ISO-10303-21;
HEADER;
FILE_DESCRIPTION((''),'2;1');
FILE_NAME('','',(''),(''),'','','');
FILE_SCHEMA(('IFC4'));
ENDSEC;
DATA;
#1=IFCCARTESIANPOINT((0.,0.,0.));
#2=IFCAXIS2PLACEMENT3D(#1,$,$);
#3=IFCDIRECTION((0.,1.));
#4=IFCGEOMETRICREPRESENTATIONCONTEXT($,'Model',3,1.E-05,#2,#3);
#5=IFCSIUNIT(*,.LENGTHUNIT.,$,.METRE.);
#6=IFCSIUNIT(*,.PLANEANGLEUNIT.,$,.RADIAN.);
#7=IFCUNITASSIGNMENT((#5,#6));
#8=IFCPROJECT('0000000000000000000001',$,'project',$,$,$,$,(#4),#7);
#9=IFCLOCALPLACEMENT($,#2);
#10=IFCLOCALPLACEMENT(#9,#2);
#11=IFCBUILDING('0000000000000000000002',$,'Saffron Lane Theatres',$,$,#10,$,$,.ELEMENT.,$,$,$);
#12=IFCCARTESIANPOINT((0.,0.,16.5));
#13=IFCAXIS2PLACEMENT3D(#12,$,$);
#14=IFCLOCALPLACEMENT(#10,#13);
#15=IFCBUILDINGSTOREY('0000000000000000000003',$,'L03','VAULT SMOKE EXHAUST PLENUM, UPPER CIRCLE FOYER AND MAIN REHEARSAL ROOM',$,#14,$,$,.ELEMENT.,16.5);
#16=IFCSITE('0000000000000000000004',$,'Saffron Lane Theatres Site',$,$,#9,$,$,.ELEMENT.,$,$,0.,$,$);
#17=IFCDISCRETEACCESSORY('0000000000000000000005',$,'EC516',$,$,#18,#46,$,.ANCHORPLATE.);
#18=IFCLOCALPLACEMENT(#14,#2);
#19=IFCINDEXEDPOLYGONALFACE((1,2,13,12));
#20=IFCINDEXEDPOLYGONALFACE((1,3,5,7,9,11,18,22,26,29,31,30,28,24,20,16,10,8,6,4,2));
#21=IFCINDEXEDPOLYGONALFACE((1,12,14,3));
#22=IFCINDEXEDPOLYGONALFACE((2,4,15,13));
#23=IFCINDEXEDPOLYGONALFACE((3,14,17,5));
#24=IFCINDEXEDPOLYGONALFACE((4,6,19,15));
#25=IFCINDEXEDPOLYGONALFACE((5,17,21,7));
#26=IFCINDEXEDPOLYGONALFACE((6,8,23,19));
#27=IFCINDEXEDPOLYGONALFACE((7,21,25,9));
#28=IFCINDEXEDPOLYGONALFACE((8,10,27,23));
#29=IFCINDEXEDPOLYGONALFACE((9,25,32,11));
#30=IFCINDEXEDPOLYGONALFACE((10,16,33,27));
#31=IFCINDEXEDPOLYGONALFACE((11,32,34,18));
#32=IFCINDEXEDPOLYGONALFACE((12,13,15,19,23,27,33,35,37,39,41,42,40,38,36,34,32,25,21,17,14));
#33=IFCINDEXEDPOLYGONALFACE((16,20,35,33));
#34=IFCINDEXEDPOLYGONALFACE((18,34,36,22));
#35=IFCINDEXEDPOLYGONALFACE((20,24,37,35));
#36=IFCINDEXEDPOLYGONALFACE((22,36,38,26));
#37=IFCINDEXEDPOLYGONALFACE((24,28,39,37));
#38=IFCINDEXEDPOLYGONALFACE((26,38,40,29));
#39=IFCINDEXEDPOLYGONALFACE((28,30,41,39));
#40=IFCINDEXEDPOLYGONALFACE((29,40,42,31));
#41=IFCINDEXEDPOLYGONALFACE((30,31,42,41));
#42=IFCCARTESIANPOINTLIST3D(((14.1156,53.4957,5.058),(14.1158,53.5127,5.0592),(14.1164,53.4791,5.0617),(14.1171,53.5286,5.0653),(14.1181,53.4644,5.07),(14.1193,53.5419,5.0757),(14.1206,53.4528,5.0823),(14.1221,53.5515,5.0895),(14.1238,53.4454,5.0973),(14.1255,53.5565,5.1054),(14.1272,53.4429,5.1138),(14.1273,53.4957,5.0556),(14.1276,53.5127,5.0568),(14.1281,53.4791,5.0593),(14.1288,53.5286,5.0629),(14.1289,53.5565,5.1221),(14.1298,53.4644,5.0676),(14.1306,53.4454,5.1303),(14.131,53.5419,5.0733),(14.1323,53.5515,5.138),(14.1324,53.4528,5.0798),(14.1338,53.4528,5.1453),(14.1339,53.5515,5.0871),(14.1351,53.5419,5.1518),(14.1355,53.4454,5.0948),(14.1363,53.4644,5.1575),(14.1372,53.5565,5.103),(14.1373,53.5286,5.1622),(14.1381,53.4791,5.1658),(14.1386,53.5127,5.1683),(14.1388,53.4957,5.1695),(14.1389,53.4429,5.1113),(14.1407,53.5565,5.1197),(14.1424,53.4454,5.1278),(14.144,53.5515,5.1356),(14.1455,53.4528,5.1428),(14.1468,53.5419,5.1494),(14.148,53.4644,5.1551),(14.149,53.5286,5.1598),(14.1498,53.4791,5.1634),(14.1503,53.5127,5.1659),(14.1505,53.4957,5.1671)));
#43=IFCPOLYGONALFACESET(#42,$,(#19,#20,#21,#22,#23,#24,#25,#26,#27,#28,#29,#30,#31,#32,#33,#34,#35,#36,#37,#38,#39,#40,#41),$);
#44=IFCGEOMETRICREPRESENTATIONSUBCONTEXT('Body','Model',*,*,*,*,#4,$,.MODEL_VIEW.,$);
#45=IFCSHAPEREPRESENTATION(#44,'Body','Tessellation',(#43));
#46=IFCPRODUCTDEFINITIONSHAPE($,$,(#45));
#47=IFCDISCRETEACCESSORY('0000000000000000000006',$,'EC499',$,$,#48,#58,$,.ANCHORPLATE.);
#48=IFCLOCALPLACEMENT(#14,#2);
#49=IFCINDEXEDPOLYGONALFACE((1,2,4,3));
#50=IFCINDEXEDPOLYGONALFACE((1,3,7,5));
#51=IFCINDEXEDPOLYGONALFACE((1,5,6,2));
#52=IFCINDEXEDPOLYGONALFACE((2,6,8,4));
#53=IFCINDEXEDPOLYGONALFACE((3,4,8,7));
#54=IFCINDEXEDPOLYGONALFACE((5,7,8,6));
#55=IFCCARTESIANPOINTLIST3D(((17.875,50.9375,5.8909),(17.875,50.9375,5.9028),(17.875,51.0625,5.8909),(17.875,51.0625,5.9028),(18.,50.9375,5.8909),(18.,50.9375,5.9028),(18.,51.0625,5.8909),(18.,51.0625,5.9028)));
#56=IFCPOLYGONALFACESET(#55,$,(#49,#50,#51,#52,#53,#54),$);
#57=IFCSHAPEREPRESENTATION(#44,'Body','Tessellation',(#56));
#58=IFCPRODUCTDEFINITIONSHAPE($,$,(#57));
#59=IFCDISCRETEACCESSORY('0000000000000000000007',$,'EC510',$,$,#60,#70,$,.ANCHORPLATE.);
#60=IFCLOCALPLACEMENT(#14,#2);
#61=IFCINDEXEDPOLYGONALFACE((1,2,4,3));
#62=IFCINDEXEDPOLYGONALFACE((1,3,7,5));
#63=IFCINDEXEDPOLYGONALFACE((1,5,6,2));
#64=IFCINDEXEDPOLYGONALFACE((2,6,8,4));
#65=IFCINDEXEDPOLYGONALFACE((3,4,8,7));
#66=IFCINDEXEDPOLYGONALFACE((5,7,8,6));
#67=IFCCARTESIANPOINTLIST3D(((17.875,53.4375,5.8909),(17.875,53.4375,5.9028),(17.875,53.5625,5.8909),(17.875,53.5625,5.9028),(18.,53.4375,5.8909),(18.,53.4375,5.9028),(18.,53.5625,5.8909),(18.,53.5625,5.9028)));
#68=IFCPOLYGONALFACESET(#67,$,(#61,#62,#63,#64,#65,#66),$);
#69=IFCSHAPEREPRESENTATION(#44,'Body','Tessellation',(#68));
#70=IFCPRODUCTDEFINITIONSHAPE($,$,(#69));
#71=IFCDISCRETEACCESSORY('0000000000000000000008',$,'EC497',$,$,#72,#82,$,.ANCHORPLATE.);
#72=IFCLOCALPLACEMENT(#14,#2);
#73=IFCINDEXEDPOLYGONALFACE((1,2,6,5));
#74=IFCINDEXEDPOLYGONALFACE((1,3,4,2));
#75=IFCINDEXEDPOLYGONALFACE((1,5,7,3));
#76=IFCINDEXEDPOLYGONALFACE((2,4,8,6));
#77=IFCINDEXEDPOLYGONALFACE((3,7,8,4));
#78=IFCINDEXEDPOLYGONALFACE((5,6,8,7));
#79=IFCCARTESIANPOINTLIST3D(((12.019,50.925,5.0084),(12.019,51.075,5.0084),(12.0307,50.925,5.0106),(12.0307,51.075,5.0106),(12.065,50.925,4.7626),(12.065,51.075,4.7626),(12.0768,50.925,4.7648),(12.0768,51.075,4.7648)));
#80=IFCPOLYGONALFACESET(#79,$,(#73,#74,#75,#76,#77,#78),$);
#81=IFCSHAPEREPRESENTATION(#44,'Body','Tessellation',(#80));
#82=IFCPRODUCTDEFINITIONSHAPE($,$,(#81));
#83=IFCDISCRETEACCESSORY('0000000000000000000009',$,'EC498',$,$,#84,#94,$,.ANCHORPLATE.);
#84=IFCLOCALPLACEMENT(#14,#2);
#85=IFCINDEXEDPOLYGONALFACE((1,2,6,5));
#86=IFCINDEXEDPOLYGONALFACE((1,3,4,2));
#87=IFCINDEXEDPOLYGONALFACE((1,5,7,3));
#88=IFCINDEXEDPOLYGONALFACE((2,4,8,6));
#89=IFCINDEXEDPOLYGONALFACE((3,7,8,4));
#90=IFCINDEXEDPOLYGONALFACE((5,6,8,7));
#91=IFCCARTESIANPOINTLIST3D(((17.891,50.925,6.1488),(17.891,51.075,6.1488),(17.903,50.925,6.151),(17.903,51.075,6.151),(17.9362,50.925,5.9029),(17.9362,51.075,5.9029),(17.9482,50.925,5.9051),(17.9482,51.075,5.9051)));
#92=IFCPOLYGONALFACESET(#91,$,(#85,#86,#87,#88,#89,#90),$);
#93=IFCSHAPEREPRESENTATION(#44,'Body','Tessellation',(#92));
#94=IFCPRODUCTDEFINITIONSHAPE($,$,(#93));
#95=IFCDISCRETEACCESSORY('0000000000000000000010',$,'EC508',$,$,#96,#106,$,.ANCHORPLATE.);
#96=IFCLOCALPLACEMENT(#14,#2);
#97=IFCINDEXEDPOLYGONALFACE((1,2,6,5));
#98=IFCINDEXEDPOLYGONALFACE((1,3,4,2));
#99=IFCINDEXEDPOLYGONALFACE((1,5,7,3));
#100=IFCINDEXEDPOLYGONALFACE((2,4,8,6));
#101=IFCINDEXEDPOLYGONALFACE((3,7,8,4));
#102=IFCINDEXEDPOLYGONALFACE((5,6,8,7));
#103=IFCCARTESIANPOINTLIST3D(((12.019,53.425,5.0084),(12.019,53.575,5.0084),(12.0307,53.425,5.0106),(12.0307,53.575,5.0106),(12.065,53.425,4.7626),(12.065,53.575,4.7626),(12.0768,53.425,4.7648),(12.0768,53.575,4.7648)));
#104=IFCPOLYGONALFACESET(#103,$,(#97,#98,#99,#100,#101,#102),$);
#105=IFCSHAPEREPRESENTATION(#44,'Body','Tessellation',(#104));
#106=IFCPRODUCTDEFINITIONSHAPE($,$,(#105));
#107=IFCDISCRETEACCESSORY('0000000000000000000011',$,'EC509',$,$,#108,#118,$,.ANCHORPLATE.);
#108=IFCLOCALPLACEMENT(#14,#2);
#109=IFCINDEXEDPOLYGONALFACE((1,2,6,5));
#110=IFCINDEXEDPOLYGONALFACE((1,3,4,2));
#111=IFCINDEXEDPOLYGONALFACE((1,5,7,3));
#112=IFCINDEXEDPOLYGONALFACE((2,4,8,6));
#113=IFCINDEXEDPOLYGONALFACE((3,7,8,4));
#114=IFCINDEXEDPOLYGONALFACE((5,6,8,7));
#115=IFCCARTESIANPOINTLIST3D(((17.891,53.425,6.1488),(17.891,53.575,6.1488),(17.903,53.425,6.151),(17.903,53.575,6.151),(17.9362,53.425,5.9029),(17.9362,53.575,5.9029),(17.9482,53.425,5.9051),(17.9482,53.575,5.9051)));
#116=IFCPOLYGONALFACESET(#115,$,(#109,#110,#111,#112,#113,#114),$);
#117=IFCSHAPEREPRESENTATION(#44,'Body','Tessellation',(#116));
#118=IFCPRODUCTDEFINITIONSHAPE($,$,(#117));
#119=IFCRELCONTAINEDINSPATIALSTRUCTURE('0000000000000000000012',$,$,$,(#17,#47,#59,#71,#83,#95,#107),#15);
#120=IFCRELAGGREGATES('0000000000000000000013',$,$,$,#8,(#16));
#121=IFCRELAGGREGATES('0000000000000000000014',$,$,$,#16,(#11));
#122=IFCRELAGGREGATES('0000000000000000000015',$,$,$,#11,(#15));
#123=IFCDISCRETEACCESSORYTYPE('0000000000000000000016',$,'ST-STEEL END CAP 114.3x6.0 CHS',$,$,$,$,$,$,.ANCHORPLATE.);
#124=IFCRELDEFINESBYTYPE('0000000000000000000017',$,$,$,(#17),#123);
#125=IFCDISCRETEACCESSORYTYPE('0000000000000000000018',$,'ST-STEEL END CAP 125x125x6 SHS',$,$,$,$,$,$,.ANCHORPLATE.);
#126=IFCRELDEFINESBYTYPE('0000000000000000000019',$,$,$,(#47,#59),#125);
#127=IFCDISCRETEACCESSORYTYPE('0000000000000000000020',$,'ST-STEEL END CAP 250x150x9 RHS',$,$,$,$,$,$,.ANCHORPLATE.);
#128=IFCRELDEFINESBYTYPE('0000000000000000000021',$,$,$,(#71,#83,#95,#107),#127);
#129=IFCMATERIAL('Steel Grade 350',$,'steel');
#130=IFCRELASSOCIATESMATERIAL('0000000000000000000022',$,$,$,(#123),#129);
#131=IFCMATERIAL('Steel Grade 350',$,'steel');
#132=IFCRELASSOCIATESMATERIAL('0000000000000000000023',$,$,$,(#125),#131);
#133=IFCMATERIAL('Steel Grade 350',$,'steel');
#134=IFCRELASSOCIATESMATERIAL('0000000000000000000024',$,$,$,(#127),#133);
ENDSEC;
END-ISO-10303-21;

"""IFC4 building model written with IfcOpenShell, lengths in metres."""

from ifc_helpers import new_model, si_unit, direction, frame, origin, origin_2d, place, context, subcontext, project, spatial, rectangle, circle, extrude, material, material_profile, profile_set, type_object, element, save


model = new_model("IFC4")

# Units and contexts
model_context = context("Model", 3, precision=1e-05, world=origin(), true_north=direction((0.0, 1.0)))
body_context = subcontext(model_context, "Body", "Model", "MODEL_VIEW")
ifc_project = project(units=[si_unit("LENGTHUNIT", "METRE"), si_unit("PLANEANGLEUNIT", "RADIAN")], contexts=[model_context])

# Site, building, storey
site_placement = place(None, origin())
site = spatial("IfcSite", under=ifc_project, at=site_placement, Name="Saffron Lane Theatres Site", CompositionType="ELEMENT", RefElevation=0.0)
building_placement = place(site_placement, origin())
building = spatial("IfcBuilding", under=site, at=building_placement, Name="Saffron Lane Theatres", CompositionType="ELEMENT")
storey_placement = place(building_placement, frame((0.0, 0.0, 16.5)))
storey = spatial("IfcBuildingStorey", under=building, at=storey_placement, Name="L03", Description="VAULT SMOKE EXHAUST PLENUM, UPPER CIRCLE FOYER AND MAIN REHEARSAL ROOM", CompositionType="ELEMENT", Elevation=16.5)

# Discrete accessories
ifc_material_1 = material(Name="Steel Grade 350", Category="steel")
ifc_material_profile_1 = material_profile(ifc_material_1, circle(Radius=0.0571, at=origin_2d()))
ifc_profile_set_1 = profile_set([ifc_material_profile_1], Name="Steel Grade 350")
discrete_accessory_type_1 = type_object("IfcDiscreteAccessoryType", Name="ST-STEEL END CAP 114.3x6.0 CHS", PredefinedType="ANCHORPLATE", material=ifc_profile_set_1)
for number, where, z_axis, x_axis, name in (
    (1, (14.1389, 53.5, 5.1113), (-0.97898, 0.0, 0.203954), (0.0, -1.0, 0.0), "EC516"),
):
    element("IfcDiscreteAccessory", number, at=place(storey_placement, frame(where, z_axis=z_axis, x_axis=x_axis)), inside=storey, type_object=discrete_accessory_type_1, Name=name, PredefinedType="ANCHORPLATE", context=body_context, shape_type="SweptSolid", body=[
        extrude(circle(Radius=0.0571, at=origin_2d()), origin(), (0.0, 0.0, 1.0), 0.012),
    ])
ifc_material_2 = material(Name="Steel Grade 350", Category="steel")
ifc_material_profile_2 = material_profile(ifc_material_2, rectangle(XDim=0.125, YDim=0.125, at=origin_2d()))
ifc_profile_set_2 = profile_set([ifc_material_profile_2], Name="Steel Grade 350")
discrete_accessory_type_2 = type_object("IfcDiscreteAccessoryType", Name="ST-STEEL END CAP 125x125x6 SHS", PredefinedType="ANCHORPLATE", material=ifc_profile_set_2)
for number, where, z_axis, x_axis, name in (
    (2, (17.9375, 51.0, 5.8909), (0.0, 0.0, 1.0), (1.0, 0.0, 0.0), "EC499"),
    (3, (17.9375, 53.5, 5.8909), (0.0, 0.0, 1.0), (1.0, 0.0, 0.0), "EC510"),
):
    element("IfcDiscreteAccessory", number, at=place(storey_placement, frame(where, z_axis=z_axis, x_axis=x_axis)), inside=storey, type_object=discrete_accessory_type_2, Name=name, PredefinedType="ANCHORPLATE", context=body_context, shape_type="SweptSolid", body=[
        extrude(rectangle(XDim=0.125, YDim=0.125, at=origin_2d()), origin(), (0.0, 0.0, 1.0), 0.012),
    ])
ifc_material_3 = material(Name="Steel Grade 350", Category="steel")
ifc_material_profile_3 = material_profile(ifc_material_3, rectangle(XDim=0.1499, YDim=0.25, at=origin_2d()))
ifc_profile_set_3 = profile_set([ifc_material_profile_3], Name="Steel Grade 350")
discrete_accessory_type_3 = type_object("IfcDiscreteAccessoryType", Name="ST-STEEL END CAP 250x150x9 RHS", PredefinedType="ANCHORPLATE", material=ifc_profile_set_3)
discrete_accessory_1_placement = place(storey_placement, frame((12.042, 51.0, 4.8855), z_axis=(0.982872, 0.0, 0.184289), x_axis=(0.0, 1.0, 0.0)))
element("IfcDiscreteAccessory", 4, at=discrete_accessory_1_placement, inside=storey, type_object=discrete_accessory_type_3, Name="EC497", PredefinedType="ANCHORPLATE", context=body_context, shape_type="SweptSolid", body=[
    extrude(rectangle(XDim=0.1499, YDim=0.25, at=origin_2d()), origin(), (0.0, 0.0, 1.0), 0.012),
])
discrete_accessory_2_placement = place(storey_placement, frame((17.9136, 51.0, 6.0259), z_axis=(0.983547, 0.0, 0.180652), x_axis=(0.0, 1.0, 0.0)))
element("IfcDiscreteAccessory", 5, at=discrete_accessory_2_placement, inside=storey, type_object=discrete_accessory_type_3, Name="EC498", PredefinedType="ANCHORPLATE", context=body_context, shape_type="SweptSolid", body=[
    extrude(rectangle(XDim=0.1499, YDim=0.25, at=origin_2d()), origin(), (0.0, 0.0, 1.0), 0.0122),
])
discrete_accessory_3_placement = place(storey_placement, frame((12.042, 53.5, 4.8855), z_axis=(0.982872, 0.0, 0.184289), x_axis=(0.0, 1.0, 0.0)))
element("IfcDiscreteAccessory", 6, at=discrete_accessory_3_placement, inside=storey, type_object=discrete_accessory_type_3, Name="EC508", PredefinedType="ANCHORPLATE", context=body_context, shape_type="SweptSolid", body=[
    extrude(rectangle(XDim=0.1499, YDim=0.25, at=origin_2d()), origin(), (0.0, 0.0, 1.0), 0.012),
])
discrete_accessory_4_placement = place(storey_placement, frame((17.9136, 53.5, 6.0259), z_axis=(0.983547, 0.0, 0.180652), x_axis=(0.0, 1.0, 0.0)))
element("IfcDiscreteAccessory", 7, at=discrete_accessory_4_placement, inside=storey, type_object=discrete_accessory_type_3, Name="EC509", PredefinedType="ANCHORPLATE", context=body_context, shape_type="SweptSolid", body=[
    extrude(rectangle(XDim=0.1499, YDim=0.25, at=origin_2d()), origin(), (0.0, 0.0, 1.0), 0.0122),
])

save(model, "model.ifc")
